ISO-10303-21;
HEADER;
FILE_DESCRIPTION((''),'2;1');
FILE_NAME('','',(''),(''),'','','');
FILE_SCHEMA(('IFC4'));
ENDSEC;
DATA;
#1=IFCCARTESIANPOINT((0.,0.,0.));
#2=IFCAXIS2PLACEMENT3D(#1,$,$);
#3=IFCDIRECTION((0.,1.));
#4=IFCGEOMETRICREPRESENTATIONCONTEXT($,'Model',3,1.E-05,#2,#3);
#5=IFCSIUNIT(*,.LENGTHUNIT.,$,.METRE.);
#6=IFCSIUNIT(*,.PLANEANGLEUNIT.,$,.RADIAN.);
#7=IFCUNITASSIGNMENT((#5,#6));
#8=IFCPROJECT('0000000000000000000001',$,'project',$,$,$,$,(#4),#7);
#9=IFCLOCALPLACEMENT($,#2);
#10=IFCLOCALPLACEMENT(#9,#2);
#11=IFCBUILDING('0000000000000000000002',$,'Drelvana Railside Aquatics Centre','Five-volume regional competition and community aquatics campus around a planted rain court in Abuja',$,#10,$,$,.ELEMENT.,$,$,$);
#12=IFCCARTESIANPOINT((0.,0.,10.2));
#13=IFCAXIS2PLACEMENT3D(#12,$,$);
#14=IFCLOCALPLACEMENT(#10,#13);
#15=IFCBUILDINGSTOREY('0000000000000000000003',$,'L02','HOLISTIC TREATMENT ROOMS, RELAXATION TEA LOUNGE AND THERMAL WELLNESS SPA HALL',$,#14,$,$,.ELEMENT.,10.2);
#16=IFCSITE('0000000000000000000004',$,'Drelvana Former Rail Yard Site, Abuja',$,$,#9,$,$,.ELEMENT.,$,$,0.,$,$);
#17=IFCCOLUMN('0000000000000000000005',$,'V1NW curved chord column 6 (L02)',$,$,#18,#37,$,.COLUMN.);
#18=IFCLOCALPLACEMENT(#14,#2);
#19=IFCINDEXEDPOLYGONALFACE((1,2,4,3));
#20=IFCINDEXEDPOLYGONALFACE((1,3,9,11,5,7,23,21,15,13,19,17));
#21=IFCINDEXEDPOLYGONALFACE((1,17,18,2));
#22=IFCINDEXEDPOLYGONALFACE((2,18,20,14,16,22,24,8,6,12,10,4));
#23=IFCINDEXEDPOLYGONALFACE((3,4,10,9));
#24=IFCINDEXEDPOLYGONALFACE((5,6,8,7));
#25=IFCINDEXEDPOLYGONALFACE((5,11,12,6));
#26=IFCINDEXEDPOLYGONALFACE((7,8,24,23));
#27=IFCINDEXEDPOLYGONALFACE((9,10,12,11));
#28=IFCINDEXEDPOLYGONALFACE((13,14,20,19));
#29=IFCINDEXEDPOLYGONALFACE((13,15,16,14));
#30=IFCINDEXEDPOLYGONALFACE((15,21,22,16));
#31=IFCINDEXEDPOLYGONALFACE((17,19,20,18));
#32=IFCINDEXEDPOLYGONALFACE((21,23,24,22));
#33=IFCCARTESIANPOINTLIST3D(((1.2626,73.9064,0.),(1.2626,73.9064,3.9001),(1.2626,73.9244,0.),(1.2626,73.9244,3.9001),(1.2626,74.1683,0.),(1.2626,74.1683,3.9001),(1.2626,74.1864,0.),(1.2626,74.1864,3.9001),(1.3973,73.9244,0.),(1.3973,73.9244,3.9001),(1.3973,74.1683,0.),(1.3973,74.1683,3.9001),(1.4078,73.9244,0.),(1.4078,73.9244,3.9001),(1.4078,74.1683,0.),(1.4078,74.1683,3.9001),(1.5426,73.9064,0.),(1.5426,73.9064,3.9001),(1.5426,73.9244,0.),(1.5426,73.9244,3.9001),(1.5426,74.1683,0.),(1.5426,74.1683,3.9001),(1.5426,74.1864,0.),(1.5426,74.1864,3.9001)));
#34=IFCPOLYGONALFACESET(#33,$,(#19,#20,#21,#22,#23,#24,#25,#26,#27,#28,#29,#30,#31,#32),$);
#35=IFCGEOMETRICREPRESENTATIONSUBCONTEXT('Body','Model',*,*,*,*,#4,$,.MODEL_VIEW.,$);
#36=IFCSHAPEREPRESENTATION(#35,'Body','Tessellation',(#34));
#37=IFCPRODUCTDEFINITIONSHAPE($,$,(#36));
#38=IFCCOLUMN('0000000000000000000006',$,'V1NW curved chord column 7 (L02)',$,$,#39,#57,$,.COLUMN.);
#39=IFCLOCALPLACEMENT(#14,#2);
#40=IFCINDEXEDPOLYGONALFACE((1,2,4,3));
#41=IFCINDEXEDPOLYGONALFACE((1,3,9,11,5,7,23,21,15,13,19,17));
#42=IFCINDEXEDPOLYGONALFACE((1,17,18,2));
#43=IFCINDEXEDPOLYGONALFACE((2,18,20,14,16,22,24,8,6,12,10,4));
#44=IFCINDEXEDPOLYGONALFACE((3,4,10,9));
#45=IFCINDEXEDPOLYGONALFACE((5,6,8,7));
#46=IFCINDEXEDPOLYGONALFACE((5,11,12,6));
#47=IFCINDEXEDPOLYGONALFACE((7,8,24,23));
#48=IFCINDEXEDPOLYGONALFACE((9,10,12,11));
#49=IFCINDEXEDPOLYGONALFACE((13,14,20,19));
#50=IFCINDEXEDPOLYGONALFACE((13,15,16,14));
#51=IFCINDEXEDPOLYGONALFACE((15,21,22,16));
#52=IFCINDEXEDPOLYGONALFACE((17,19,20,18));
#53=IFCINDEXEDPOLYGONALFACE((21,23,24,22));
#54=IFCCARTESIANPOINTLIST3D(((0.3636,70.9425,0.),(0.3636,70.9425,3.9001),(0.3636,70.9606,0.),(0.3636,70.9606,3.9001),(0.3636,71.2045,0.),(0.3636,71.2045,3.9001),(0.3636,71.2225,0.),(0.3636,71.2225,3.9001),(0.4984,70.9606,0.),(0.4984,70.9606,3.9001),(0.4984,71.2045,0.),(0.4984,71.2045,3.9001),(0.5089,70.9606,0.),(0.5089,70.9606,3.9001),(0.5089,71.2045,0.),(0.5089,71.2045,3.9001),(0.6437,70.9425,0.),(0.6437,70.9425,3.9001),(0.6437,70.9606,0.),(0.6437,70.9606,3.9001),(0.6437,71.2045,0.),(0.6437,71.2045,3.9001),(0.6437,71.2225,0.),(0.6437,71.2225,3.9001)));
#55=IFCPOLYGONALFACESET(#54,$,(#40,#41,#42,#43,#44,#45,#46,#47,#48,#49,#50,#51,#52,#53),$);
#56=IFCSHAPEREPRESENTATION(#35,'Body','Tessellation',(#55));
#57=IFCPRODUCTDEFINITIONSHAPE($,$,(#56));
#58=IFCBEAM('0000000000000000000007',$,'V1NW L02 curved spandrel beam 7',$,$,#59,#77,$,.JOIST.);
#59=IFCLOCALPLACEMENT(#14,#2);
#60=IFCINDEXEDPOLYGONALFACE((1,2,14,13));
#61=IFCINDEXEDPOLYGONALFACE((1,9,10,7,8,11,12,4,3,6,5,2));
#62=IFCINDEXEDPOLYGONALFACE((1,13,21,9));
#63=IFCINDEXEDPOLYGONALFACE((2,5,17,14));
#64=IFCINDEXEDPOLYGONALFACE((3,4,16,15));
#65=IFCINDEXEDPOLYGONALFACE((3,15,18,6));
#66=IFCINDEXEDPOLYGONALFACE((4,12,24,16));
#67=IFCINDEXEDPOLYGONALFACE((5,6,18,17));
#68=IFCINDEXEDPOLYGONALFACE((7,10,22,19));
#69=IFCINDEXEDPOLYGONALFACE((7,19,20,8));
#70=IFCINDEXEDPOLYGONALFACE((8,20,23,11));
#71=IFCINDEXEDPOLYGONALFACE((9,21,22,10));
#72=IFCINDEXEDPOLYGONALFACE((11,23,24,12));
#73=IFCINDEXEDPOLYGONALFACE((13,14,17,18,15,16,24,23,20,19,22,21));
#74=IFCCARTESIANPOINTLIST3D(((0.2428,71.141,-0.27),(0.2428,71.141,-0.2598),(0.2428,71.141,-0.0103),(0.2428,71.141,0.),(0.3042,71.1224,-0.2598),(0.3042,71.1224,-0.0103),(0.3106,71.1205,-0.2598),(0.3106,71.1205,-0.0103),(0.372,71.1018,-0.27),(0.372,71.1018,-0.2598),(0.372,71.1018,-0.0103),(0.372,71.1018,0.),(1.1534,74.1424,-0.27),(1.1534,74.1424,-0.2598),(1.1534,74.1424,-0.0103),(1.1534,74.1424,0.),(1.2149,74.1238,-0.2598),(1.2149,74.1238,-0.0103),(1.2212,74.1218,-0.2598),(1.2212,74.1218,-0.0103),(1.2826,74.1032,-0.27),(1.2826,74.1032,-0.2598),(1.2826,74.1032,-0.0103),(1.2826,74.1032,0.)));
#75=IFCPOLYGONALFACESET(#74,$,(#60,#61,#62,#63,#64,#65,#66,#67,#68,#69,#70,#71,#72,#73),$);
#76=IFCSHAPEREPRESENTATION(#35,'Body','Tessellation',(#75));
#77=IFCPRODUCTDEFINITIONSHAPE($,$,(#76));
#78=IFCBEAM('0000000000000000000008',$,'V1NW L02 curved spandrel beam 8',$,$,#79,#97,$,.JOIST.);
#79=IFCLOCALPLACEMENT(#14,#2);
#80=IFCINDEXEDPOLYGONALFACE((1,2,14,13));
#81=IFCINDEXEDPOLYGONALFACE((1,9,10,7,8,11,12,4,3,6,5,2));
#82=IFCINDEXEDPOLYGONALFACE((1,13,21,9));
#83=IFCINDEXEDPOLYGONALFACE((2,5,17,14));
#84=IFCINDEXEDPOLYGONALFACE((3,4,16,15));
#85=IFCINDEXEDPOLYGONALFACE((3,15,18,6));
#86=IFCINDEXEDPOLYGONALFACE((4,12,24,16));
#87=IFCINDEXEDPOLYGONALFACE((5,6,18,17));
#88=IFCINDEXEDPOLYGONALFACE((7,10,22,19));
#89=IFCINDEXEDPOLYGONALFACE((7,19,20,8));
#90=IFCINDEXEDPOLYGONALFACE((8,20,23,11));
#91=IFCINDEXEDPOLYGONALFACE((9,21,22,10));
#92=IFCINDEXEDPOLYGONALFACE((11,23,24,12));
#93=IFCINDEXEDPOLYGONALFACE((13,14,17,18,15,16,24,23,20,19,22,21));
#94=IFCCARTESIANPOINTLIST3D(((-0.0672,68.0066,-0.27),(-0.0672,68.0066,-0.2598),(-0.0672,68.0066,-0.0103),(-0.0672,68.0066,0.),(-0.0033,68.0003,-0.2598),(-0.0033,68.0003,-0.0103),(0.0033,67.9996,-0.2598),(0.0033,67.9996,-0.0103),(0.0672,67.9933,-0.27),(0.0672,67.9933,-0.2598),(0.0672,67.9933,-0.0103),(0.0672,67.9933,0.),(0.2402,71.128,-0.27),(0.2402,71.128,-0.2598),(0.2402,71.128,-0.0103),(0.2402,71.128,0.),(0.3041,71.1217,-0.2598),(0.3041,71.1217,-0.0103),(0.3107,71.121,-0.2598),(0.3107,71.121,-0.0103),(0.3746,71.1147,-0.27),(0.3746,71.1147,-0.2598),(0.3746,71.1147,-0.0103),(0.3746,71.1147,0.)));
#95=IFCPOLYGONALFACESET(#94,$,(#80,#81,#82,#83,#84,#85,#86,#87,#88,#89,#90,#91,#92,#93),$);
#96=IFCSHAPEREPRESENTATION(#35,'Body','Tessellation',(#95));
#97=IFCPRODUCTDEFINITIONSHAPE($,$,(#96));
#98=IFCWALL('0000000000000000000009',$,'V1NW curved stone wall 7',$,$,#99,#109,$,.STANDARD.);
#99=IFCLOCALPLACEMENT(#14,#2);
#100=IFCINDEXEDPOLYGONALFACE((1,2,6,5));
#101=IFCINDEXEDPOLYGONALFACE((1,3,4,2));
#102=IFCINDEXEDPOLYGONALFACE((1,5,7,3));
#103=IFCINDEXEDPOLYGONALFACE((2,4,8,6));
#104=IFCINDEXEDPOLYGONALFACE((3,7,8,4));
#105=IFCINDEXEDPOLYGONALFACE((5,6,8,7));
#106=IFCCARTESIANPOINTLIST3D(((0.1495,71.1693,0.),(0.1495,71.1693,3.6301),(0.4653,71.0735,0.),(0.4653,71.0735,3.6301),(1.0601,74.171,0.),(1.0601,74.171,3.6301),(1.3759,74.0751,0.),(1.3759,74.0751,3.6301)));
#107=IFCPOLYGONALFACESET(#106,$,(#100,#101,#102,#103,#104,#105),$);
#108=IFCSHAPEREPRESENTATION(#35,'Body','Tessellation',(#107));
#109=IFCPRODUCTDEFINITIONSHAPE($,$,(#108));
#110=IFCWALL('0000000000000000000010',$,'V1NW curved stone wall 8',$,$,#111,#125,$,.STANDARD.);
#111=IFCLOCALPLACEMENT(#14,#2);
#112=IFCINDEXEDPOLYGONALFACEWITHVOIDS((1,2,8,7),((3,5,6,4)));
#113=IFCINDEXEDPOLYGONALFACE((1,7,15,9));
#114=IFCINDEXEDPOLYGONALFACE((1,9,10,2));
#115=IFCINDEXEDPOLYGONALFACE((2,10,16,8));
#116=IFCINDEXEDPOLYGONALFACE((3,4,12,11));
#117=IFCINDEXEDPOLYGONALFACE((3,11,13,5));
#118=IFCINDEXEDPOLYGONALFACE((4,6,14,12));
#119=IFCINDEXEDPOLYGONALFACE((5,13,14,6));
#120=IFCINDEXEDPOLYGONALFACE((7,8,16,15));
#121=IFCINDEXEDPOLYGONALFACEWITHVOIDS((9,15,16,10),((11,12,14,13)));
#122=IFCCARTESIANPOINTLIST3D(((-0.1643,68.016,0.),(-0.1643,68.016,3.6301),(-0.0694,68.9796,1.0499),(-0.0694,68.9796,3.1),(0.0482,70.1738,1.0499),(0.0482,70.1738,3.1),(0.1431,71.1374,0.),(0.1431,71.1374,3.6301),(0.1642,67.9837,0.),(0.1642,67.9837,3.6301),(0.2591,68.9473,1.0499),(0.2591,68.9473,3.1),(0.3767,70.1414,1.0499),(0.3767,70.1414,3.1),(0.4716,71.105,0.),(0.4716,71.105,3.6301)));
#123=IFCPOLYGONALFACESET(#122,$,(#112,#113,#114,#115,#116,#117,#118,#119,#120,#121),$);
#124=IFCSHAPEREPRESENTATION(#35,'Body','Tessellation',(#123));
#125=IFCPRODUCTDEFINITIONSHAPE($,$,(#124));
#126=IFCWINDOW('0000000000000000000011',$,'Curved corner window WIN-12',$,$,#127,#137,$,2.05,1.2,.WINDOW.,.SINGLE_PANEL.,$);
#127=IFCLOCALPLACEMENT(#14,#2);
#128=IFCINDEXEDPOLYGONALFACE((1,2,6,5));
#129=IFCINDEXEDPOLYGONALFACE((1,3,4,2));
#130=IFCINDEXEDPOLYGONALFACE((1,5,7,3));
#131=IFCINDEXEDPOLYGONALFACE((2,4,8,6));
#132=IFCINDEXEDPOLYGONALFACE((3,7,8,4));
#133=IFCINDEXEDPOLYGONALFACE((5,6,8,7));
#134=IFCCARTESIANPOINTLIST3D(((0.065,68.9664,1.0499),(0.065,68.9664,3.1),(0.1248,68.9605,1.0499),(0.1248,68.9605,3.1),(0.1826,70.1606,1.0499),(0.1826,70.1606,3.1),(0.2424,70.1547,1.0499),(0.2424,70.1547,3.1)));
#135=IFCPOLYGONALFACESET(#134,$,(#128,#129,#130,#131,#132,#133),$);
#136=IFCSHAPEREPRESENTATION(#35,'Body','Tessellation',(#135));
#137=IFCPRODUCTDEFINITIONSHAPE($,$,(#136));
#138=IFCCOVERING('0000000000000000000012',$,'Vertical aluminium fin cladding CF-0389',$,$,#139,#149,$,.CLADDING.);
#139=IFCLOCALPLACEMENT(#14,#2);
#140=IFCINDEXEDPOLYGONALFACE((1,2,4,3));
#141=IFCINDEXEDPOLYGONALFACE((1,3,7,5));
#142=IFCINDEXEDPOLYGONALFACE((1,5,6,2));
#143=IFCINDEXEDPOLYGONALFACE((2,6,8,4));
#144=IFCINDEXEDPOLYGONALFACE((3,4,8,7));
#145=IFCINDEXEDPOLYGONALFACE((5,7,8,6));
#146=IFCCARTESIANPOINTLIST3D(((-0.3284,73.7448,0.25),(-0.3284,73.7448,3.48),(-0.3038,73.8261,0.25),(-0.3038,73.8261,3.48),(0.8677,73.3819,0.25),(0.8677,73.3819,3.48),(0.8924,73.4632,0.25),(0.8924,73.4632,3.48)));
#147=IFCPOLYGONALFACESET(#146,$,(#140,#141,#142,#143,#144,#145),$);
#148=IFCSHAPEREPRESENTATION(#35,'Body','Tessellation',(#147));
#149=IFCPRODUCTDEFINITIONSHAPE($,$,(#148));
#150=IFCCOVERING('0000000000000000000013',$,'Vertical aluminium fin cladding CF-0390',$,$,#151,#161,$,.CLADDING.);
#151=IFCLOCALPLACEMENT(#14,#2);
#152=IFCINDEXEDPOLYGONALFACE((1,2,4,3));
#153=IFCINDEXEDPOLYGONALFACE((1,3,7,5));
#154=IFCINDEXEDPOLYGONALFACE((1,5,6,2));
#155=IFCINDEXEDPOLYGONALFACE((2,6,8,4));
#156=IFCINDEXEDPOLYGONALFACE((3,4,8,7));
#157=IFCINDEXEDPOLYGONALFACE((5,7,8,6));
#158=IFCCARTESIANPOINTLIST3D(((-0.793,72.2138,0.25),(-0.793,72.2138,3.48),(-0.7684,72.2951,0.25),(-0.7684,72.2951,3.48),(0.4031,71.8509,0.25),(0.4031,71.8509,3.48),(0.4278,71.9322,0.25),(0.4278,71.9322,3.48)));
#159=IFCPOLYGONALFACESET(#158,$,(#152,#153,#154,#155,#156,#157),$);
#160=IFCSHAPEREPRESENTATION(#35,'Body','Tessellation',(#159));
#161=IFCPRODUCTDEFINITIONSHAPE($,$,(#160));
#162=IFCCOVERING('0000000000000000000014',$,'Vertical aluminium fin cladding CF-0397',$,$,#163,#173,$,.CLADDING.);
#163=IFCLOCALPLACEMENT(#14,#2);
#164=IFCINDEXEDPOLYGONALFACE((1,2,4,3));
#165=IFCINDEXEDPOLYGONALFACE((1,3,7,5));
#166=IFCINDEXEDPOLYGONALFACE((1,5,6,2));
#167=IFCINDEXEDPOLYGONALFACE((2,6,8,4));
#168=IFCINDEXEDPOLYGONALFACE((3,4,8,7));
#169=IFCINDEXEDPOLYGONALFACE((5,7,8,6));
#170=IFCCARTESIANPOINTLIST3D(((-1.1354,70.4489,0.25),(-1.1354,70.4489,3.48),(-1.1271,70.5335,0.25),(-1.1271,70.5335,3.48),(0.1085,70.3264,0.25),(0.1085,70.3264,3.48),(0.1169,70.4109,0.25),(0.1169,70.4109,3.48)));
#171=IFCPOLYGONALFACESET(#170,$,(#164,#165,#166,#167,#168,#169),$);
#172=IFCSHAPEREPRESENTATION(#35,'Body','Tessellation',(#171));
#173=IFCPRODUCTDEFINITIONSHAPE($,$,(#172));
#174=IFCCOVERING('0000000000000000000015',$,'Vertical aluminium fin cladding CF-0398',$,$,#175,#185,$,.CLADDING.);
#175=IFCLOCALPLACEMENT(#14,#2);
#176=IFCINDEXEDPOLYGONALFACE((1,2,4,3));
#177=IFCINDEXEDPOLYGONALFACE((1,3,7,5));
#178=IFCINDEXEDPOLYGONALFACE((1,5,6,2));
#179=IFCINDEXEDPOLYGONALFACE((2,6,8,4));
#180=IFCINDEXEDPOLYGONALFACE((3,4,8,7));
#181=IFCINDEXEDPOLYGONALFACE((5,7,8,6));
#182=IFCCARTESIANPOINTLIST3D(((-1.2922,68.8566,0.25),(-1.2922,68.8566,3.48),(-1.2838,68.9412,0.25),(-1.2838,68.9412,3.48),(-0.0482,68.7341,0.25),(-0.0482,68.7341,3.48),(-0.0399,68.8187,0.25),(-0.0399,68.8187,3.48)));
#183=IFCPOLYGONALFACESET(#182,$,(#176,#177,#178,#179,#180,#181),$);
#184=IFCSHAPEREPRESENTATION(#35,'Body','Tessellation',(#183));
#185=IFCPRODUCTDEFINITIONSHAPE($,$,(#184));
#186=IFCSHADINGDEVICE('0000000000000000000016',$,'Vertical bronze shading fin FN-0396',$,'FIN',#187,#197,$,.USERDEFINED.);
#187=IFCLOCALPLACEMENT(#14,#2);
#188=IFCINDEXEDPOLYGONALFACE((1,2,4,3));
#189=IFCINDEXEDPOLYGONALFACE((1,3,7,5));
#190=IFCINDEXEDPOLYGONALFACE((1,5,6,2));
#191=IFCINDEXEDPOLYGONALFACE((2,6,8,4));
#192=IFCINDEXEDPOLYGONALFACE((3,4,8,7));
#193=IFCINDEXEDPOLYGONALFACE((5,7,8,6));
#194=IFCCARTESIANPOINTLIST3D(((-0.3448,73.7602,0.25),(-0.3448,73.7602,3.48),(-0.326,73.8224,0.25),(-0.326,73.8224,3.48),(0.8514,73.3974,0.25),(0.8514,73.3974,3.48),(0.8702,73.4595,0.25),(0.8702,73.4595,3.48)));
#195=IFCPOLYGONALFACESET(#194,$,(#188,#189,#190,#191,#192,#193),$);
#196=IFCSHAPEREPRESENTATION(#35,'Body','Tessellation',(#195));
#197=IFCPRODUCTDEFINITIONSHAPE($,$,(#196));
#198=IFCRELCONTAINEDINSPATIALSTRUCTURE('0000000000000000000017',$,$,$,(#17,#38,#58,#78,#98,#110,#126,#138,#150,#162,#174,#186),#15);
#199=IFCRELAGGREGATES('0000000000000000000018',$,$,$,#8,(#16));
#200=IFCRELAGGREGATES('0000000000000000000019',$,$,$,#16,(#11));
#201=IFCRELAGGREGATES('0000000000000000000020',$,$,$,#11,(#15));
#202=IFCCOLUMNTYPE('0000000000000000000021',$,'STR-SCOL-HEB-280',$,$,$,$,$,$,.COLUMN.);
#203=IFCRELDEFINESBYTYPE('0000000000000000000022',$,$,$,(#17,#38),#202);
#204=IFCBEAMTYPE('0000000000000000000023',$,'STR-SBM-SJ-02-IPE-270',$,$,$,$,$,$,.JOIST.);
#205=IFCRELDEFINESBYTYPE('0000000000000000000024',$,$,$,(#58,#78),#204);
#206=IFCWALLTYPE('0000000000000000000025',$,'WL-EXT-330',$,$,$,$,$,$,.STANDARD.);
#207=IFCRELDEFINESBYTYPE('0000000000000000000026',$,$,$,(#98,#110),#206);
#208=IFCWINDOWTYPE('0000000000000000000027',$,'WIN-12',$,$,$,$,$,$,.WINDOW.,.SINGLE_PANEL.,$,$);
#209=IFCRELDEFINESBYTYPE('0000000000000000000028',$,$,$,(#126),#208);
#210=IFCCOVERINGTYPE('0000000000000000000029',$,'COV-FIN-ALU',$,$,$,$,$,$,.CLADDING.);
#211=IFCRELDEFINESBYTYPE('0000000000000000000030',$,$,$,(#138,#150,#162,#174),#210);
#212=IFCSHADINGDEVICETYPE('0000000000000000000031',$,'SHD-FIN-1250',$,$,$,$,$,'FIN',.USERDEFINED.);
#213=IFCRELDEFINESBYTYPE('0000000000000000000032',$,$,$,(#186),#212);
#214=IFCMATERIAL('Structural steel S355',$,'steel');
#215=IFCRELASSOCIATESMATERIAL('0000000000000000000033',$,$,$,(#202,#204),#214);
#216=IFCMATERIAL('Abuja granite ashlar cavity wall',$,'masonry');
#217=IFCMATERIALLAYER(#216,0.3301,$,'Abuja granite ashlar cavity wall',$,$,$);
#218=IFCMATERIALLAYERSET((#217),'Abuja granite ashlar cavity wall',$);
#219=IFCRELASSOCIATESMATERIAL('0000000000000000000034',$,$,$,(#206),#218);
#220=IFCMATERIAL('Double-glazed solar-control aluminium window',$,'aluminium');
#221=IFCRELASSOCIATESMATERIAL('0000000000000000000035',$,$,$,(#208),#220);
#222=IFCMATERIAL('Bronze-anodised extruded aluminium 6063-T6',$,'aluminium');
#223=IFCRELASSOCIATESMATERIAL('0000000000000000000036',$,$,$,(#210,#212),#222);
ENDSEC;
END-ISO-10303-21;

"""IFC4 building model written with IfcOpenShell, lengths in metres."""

from ifc_helpers import new_model, si_unit, direction, frame, frame_2d, origin, origin_2d, place, context, subcontext, project, spatial, rectangle, i_section, extrude, material, layer, layer_set, material_profile, profile_set, type_object, element, fill, save


model = new_model("IFC4")

# Units and contexts
model_context = context("Model", 3, precision=1e-05, world=origin(), true_north=direction((0.0, 1.0)))
body_context = subcontext(model_context, "Body", "Model", "MODEL_VIEW")
ifc_project = project(units=[si_unit("LENGTHUNIT", "METRE"), si_unit("PLANEANGLEUNIT", "RADIAN")], contexts=[model_context])

# Site, building, storey
site_placement = place(None, origin())
site = spatial("IfcSite", under=ifc_project, at=site_placement, Name="Drelvana Former Rail Yard Site, Abuja", CompositionType="ELEMENT", RefElevation=0.0)
building_placement = place(site_placement, origin())
building = spatial("IfcBuilding", under=site, at=building_placement, Name="Drelvana Railside Aquatics Centre", Description="Five-volume regional competition and community aquatics campus around a planted rain court in Abuja", CompositionType="ELEMENT")
storey_placement = place(building_placement, frame((0.0, 0.0, 10.2)))
storey = spatial("IfcBuildingStorey", under=building, at=storey_placement, Name="L02", Description="HOLISTIC TREATMENT ROOMS, RELAXATION TEA LOUNGE AND THERMAL WELLNESS SPA HALL", CompositionType="ELEMENT", Elevation=10.2)

# Columns
ifc_material_1 = material(Name="Structural steel S355", Category="steel")
ifc_material_profile_1 = material_profile(ifc_material_1, i_section(OverallWidth=0.28, OverallDepth=0.28, WebThickness=0.0105, FlangeThickness=0.0181, at=origin_2d()), Name="HEB 280")
ifc_profile_set_1 = profile_set([ifc_material_profile_1], Name="Structural steel S355")
column_type = type_object("IfcColumnType", Name="STR-SCOL-HEB-280", PredefinedType="COLUMN", material=ifc_profile_set_1)
for number, where, z_axis, x_axis, name in (
    (1, (1.4026, 74.0464, 0.0), (0.0, 0.0, 1.0), (1.0, 0.0, 0.0), "V1NW curved chord column 6 (L02)"),
    (2, (0.5037, 71.0825, 0.0), (0.0, 0.0, 1.0), (1.0, 0.0, 0.0), "V1NW curved chord column 7 (L02)"),
):
    element("IfcColumn", number, at=place(storey_placement, frame(where, z_axis=z_axis, x_axis=x_axis)), inside=storey, type_object=column_type, Name=name, PredefinedType="COLUMN", context=body_context, shape_type="SweptSolid", body=[
        extrude(i_section(OverallWidth=0.28, OverallDepth=0.28, WebThickness=0.0105, FlangeThickness=0.0181, at=origin_2d()), origin(), (0.0, 0.0, 1.0), 3.9001),
    ])

# Beams
ifc_material_profile_2 = material_profile(ifc_material_1, i_section(OverallWidth=0.135, OverallDepth=0.27, WebThickness=0.0066, FlangeThickness=0.0103, at=origin_2d()), Name="IPE 270")
ifc_profile_set_2 = profile_set([ifc_material_profile_2], Name="Structural steel S355")
beam_type = type_object("IfcBeamType", Name="STR-SBM-SJ-02-IPE-270", PredefinedType="JOIST", material=ifc_profile_set_2)
for number, where, z_axis, x_axis, name in (
    (3, (1.218, 74.1228, -0.135), (-0.290331, -0.956926, 0.0), (0.956926, -0.290331, 0.0), "V1NW L02 curved spandrel beam 7"),
    (4, (0.3074, 71.1213, -0.135), (-0.098001, -0.995186, 0.0), (0.995186, -0.098001, 0.0), "V1NW L02 curved spandrel beam 8"),
):
    element("IfcBeam", number, at=place(storey_placement, frame(where, z_axis=z_axis, x_axis=x_axis)), inside=storey, type_object=beam_type, Name=name, PredefinedType="JOIST", context=body_context, shape_type="SweptSolid", body=[
        extrude(i_section(OverallWidth=0.135, OverallDepth=0.27, WebThickness=0.0066, FlangeThickness=0.0103, at=origin_2d()), origin(), (0.0, 0.0, 1.0), 3.1365),
    ])

# Wall
ifc_material_2 = material(Name="Abuja granite ashlar cavity wall", Category="masonry")
ifc_layer = layer(ifc_material_2, 0.3301, Name="Abuja granite ashlar cavity wall")
ifc_layer_set = layer_set([ifc_layer], Name="Abuja granite ashlar cavity wall")
wall_type = type_object("IfcWallType", Name="WL-EXT-330", PredefinedType="STANDARD", material=ifc_layer_set)
wall_1_placement = place(storey_placement, frame((1.218, 74.123, 0.0), z_axis=(0.0, 0.0, 1.0), x_axis=(-0.29031, -0.956933, 0.0)))
element("IfcWall", 5, at=wall_1_placement, inside=storey, type_object=wall_type, Name="V1NW curved stone wall 7", PredefinedType="STANDARD", context=body_context, shape_type="SweptSolid", body=[
    extrude(rectangle(XDim=3.1367, YDim=0.3301, at=frame_2d((1.5684, 0.0))), origin(), (0.0, 0.0, 1.0), 3.6301),
])

# Wall, opening, window
wall_2_placement = place(storey_placement, frame((0.3074, 71.1213, 0.0), z_axis=(0.0, 0.0, 1.0), x_axis=(-0.098001, -0.995186, 0.0)))
wall_2 = element("IfcWall", 6, at=wall_2_placement, inside=storey, type_object=wall_type, Name="V1NW curved stone wall 8", PredefinedType="STANDARD", context=body_context, shape_type="SweptSolid", body=[
    extrude(rectangle(XDim=3.1365, YDim=0.3301, at=frame_2d((1.5684, 0.0))), origin(), (0.0, 0.0, 1.0), 3.6301),
])
opening_placement = place(wall_2_placement, frame((0.9683, 0.0, 1.05)))
opening = element("IfcOpeningElement", 7, at=opening_placement, cuts=wall_2, PredefinedType="OPENING", context=body_context, shape_type="SweptSolid", body=[
    extrude(rectangle(XDim=1.2, YDim=2.05, at=frame_2d((0.6001, 1.0249))), frame((0.0, 0.175, 0.0), z_axis=(0.0, -1.0, 0.0), x_axis=(1.0, 0.0, 0.0)), (0.0, 0.0, 1.0), 0.3501),
])
ifc_material_3 = material(Name="Double-glazed solar-control aluminium window", Category="aluminium")
window_type = type_object("IfcWindowType", Name="WIN-12", PartitioningType="SINGLE_PANEL", PredefinedType="WINDOW", material=ifc_material_3)
window_placement = place(opening_placement, origin())
window = element("IfcWindow", 8, at=window_placement, inside=storey, type_object=window_type, Name="Curved corner window WIN-12", OverallHeight=2.05, OverallWidth=1.2, PartitioningType="SINGLE_PANEL", PredefinedType="WINDOW", context=body_context, shape_type="SweptSolid", body=[
    extrude(rectangle(XDim=1.2, YDim=2.05, at=frame_2d((0.6001, 1.0249))), frame((0.0, 0.03, 0.0), z_axis=(0.0, -1.0, 0.0), x_axis=(1.0, 0.0, 0.0)), (0.0, 0.0, 1.0), 0.0601),
])
fill(opening, window)

# Coverings
ifc_material_4 = material(Name="Bronze-anodised extruded aluminium 6063-T6", Category="aluminium")
covering_type = type_object("IfcCoveringType", Name="COV-FIN-ALU", PredefinedType="CLADDING", material=ifc_material_4)
for number, where, z_axis, x_axis, name in (
    (9, (0.282, 73.604, 0.25), (0.0, 0.0, 1.0), (0.290285, 0.95694, 0.0), "Vertical aluminium fin cladding CF-0389"),
    (10, (-0.1826, 72.073, 0.25), (0.0, 0.0, 1.0), (0.290285, 0.95694, 0.0), "Vertical aluminium fin cladding CF-0390"),
    (11, (-0.5093, 70.4299, 0.25), (0.0, 0.0, 1.0), (0.098017, 0.995185, 0.0), "Vertical aluminium fin cladding CF-0397"),
    (12, (-0.666, 68.8376, 0.25), (0.0, 0.0, 1.0), (0.098017, 0.995185, 0.0), "Vertical aluminium fin cladding CF-0398"),
):
    element("IfcCovering", number, at=place(storey_placement, frame(where, z_axis=z_axis, x_axis=x_axis)), inside=storey, type_object=covering_type, Name=name, PredefinedType="CLADDING", context=body_context, shape_type="SweptSolid", body=[
        extrude(rectangle(XDim=0.085, YDim=1.25, at=origin_2d()), origin(), (0.0, 0.0, 1.0), 3.23),
    ])

# Shading device
shading_device_type = type_object("IfcShadingDeviceType", Name="SHD-FIN-1250", ElementType="FIN", PredefinedType="USERDEFINED", material=ifc_material_4)
for number, where, z_axis, x_axis, name in (
    (13, (0.2627, 73.6099, 0.25), (0.0, 0.0, 1.0), (-0.95694, 0.290285, 0.0), "Vertical bronze shading fin FN-0396"),
):
    element("IfcShadingDevice", number, at=place(storey_placement, frame(where, z_axis=z_axis, x_axis=x_axis)), inside=storey, type_object=shading_device_type, Name=name, ObjectType="FIN", PredefinedType="USERDEFINED", context=body_context, shape_type="SweptSolid", body=[
        extrude(rectangle(XDim=1.25, YDim=0.0649, at=origin_2d()), origin(), (0.0, 0.0, 1.0), 3.23),
    ])

save(model, "model.ifc")
